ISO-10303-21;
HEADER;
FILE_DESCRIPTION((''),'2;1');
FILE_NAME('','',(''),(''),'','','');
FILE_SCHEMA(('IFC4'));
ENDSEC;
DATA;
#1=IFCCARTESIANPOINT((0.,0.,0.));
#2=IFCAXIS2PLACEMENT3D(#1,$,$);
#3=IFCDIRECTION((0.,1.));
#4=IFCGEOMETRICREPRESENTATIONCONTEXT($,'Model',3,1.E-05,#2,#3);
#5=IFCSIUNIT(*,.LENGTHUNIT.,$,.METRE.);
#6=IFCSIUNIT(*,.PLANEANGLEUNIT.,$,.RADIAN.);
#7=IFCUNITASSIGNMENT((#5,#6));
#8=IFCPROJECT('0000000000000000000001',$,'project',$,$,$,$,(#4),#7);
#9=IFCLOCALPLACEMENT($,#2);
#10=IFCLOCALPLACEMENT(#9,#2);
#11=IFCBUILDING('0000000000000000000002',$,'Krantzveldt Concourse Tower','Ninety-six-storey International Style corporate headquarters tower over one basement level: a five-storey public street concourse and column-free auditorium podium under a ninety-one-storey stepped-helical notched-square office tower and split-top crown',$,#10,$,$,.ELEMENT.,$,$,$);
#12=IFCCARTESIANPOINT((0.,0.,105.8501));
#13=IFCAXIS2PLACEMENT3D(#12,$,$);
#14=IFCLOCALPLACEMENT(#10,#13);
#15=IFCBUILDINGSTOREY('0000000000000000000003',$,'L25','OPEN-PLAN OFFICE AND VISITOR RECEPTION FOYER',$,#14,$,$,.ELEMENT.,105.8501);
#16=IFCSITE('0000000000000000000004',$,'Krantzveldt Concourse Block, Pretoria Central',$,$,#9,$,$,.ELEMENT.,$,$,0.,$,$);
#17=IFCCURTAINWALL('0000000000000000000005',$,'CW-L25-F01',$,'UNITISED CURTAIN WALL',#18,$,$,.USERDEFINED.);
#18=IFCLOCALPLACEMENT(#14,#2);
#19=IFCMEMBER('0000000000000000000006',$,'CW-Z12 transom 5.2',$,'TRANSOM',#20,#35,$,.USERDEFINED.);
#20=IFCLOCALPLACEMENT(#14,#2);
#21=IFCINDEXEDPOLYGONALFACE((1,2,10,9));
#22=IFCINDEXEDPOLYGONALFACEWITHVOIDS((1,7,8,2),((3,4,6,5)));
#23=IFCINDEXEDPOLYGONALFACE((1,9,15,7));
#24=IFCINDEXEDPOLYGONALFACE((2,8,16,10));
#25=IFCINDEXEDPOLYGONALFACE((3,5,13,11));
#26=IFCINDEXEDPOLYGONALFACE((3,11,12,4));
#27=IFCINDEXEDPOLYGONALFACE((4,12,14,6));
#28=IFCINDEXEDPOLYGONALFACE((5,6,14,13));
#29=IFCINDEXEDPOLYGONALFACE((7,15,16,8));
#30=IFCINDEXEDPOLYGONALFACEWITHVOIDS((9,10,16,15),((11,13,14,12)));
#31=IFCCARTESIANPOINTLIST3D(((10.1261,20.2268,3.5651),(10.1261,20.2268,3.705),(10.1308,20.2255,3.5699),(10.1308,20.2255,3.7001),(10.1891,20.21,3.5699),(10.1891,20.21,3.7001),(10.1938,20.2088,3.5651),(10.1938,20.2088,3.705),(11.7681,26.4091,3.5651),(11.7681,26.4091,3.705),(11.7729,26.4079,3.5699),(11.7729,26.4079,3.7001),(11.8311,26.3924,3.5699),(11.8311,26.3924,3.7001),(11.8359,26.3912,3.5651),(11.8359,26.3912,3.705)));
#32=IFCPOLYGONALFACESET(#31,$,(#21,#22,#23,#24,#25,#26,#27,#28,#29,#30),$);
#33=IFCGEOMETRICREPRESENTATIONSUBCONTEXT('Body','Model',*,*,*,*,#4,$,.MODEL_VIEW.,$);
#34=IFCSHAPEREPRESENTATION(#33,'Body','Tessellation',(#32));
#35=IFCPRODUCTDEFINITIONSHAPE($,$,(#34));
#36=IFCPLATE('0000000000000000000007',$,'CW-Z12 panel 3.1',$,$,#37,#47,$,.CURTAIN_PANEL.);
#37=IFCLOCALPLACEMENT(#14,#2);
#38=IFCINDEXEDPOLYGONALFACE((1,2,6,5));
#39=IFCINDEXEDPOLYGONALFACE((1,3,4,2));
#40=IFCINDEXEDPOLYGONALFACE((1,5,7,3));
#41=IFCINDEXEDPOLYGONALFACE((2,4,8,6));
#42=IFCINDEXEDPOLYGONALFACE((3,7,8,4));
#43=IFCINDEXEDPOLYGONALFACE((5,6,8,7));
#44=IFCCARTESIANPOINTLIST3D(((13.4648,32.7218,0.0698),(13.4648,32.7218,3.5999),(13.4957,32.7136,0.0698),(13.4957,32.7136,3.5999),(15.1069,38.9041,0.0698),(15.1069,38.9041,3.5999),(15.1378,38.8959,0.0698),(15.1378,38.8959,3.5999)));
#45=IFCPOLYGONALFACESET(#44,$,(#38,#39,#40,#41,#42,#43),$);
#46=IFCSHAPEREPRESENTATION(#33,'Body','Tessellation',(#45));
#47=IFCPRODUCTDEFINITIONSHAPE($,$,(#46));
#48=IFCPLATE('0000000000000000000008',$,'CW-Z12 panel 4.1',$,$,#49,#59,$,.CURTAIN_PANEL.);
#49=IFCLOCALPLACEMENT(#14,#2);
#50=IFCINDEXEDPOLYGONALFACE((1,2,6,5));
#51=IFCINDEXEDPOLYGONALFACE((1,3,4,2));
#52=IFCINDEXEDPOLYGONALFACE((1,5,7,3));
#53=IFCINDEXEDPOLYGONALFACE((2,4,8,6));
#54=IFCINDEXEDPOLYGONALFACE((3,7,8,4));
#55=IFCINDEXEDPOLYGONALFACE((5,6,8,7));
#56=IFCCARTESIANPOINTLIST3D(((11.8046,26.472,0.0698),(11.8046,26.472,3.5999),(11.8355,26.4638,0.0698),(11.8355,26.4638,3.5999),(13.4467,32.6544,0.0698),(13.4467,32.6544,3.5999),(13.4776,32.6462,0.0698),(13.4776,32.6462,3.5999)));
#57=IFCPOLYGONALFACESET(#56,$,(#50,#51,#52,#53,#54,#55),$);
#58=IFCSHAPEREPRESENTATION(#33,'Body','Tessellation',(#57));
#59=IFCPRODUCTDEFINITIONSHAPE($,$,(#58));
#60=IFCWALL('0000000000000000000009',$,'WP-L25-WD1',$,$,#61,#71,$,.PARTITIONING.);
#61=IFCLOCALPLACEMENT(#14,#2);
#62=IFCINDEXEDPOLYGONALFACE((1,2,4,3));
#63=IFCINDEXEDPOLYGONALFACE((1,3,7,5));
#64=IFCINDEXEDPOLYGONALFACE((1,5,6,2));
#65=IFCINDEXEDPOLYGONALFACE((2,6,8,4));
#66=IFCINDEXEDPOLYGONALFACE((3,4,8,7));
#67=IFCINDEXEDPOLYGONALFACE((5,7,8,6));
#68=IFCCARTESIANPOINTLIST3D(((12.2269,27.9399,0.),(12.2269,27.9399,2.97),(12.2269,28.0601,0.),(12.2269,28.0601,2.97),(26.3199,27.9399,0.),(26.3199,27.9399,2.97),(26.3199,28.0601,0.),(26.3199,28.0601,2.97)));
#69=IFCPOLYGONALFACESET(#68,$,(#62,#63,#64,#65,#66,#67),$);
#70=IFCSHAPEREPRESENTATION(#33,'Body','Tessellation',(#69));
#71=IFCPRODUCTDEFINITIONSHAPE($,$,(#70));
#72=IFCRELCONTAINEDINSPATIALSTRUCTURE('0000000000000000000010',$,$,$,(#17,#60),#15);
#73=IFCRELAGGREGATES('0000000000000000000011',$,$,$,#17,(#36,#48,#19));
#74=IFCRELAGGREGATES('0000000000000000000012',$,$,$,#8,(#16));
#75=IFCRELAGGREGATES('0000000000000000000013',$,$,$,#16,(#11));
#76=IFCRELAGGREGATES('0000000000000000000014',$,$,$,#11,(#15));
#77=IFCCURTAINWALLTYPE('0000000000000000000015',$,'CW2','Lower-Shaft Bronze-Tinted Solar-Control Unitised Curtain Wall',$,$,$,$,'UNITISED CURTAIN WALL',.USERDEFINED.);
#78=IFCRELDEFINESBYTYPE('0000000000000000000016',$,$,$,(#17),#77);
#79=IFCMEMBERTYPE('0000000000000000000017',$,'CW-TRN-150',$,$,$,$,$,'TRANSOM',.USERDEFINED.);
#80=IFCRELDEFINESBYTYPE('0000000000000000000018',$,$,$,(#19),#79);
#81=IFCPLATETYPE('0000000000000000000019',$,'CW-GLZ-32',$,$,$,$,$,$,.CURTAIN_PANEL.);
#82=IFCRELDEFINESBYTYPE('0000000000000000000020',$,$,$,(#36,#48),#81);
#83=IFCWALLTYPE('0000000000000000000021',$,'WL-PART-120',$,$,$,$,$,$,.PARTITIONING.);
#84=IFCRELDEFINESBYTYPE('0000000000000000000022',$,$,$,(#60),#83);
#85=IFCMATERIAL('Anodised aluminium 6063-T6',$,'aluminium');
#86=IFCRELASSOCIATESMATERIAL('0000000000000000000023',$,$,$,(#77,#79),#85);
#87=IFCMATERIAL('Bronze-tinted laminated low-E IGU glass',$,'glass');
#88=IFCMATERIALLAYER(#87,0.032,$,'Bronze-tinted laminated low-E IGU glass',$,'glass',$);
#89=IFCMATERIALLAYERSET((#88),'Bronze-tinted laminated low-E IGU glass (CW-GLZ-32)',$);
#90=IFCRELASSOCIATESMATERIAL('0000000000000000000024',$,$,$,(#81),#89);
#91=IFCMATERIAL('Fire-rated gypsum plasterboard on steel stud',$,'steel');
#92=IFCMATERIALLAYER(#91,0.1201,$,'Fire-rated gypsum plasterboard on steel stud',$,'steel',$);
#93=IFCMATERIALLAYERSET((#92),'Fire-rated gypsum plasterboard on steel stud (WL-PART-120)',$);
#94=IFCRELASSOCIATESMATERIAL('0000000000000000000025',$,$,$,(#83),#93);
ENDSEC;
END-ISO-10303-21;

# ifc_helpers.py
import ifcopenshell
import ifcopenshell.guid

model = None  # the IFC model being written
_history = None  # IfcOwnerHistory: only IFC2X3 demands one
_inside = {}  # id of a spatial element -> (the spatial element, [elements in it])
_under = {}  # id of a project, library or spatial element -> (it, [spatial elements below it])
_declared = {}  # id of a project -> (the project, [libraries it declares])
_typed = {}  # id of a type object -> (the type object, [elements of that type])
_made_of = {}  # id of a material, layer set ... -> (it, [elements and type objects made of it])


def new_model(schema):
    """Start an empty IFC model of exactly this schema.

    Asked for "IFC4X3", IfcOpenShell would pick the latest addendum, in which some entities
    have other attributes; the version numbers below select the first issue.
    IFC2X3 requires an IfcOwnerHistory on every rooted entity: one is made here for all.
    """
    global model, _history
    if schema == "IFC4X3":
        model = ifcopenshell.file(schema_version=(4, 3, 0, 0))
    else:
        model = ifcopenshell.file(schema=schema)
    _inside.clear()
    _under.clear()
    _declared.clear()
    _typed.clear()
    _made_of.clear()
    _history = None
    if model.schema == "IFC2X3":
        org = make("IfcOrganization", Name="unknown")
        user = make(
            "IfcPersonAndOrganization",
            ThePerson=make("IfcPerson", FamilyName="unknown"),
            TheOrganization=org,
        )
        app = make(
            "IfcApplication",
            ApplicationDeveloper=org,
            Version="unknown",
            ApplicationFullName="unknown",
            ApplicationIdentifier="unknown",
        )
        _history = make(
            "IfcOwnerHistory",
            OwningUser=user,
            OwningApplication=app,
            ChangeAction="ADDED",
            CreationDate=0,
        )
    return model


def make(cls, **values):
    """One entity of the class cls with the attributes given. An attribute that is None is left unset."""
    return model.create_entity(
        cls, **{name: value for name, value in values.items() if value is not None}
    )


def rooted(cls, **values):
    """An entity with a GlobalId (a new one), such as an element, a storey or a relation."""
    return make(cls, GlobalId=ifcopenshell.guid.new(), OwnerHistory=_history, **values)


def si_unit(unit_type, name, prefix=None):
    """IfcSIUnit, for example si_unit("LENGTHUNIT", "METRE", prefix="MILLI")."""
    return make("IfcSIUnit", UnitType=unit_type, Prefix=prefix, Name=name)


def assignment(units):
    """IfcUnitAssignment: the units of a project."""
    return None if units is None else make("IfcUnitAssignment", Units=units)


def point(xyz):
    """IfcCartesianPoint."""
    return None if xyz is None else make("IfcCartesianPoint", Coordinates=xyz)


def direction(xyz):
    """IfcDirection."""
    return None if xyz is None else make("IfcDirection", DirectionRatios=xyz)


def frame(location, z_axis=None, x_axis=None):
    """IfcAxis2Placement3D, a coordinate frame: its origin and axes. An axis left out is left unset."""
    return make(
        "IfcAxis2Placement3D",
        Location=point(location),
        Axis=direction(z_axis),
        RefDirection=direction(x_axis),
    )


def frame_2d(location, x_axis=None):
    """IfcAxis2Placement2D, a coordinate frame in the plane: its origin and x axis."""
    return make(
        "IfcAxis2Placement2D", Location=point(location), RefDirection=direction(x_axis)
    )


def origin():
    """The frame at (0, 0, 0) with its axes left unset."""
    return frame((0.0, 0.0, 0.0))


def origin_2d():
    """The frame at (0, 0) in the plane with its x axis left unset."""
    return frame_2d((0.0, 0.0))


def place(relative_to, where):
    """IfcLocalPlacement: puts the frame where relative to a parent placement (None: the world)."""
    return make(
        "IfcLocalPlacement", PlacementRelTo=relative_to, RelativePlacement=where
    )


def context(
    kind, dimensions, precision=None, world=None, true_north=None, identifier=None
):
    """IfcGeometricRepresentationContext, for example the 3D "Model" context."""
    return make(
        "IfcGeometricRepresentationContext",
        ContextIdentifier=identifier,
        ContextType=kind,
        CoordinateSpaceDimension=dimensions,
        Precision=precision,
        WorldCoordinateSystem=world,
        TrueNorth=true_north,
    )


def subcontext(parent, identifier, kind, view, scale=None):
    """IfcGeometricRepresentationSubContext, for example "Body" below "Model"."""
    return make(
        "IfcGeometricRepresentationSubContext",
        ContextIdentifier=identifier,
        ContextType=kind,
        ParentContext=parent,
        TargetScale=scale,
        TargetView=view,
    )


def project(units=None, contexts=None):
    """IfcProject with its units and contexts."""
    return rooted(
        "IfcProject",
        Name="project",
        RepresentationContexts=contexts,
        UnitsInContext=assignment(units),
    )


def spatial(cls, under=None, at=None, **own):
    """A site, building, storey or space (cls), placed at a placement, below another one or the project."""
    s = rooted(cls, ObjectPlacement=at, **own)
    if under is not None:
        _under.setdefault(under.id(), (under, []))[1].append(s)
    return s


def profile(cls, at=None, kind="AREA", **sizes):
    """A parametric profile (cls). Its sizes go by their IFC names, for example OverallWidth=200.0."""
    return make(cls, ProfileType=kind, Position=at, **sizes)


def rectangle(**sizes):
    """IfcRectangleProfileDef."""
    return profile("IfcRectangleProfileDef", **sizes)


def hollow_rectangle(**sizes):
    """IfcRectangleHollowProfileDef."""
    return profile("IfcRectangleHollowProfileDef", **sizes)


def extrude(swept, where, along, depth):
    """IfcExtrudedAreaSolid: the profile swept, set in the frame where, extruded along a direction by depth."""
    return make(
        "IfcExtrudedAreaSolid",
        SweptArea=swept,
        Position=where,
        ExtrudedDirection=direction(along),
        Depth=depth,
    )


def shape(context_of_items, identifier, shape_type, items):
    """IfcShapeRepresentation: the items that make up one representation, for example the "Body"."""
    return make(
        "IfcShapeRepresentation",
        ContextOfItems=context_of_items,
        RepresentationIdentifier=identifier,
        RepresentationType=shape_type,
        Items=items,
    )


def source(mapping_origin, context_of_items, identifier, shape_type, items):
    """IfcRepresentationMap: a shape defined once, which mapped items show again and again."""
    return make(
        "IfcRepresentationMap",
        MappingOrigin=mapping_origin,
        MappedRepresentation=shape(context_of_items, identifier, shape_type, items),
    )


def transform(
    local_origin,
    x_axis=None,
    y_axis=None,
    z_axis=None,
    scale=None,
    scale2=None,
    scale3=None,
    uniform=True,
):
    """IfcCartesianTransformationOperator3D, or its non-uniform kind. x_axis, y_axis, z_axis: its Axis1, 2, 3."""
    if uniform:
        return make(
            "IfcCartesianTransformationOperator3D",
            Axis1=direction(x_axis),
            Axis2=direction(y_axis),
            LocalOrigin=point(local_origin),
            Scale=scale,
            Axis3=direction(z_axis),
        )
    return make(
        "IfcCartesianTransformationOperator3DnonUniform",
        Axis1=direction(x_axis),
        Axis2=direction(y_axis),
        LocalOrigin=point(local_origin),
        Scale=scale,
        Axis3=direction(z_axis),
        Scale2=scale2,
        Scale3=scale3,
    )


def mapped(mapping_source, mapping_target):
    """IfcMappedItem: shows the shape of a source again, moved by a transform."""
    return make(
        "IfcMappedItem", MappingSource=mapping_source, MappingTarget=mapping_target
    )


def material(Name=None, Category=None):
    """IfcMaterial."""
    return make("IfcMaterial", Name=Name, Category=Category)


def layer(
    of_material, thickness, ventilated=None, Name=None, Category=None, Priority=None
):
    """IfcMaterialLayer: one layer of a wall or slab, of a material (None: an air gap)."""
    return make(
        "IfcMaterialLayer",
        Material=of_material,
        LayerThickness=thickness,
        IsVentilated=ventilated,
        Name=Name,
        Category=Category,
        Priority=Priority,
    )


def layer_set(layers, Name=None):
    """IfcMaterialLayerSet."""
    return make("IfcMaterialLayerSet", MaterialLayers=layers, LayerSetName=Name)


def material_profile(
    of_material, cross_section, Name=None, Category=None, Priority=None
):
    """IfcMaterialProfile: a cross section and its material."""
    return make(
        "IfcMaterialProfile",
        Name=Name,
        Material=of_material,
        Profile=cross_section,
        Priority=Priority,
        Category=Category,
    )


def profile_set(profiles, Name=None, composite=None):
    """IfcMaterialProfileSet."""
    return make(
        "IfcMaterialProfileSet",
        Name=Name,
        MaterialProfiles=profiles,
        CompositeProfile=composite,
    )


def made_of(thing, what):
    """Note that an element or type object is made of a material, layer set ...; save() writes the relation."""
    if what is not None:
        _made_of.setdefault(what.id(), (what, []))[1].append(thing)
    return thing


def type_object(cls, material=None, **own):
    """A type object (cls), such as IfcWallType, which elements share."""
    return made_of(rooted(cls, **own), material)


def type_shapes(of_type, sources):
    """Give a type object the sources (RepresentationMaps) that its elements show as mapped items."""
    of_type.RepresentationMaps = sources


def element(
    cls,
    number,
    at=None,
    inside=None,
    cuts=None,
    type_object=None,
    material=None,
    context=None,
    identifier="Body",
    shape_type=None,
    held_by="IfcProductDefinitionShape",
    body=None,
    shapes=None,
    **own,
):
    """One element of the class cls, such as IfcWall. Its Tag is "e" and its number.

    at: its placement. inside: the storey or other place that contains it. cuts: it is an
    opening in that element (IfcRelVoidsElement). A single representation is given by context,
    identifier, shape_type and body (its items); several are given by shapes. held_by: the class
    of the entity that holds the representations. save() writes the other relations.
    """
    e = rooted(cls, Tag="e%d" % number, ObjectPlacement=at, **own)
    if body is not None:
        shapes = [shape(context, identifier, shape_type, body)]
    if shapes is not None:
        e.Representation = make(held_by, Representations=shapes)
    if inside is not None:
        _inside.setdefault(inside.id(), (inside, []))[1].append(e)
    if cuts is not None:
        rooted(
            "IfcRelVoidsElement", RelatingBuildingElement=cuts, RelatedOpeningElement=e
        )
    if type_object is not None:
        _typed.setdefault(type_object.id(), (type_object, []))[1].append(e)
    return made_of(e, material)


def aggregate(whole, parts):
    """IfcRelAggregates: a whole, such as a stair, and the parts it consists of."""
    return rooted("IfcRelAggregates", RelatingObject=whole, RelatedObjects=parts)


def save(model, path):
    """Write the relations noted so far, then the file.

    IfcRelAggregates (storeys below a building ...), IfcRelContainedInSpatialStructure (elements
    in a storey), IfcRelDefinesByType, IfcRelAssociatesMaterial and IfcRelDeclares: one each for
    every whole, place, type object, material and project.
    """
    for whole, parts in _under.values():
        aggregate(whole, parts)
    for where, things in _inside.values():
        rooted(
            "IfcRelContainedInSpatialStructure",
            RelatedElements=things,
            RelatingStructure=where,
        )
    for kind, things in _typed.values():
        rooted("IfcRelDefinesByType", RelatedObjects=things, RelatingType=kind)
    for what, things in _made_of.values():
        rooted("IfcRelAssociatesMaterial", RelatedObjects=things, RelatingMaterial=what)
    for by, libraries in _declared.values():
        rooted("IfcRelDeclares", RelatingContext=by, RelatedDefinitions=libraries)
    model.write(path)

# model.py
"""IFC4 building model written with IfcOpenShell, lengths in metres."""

from ifc_helpers import new_model, si_unit, direction, frame, frame_2d, origin, origin_2d, place, context, subcontext, project, spatial, rectangle, hollow_rectangle, extrude, source, transform, mapped, material, layer, layer_set, material_profile, profile_set, type_object, type_shapes, element, aggregate, save


model = new_model("IFC4")

# Units and contexts
model_context = context("Model", 3, precision=1e-05, world=origin(), true_north=direction((0.0, 1.0)))
body_context = subcontext(model_context, "Body", "Model", "MODEL_VIEW")
ifc_project = project(units=[si_unit("LENGTHUNIT", "METRE"), si_unit("PLANEANGLEUNIT", "RADIAN")], contexts=[model_context])

# Site, building, storey
site_placement = place(None, origin())
site = spatial("IfcSite", under=ifc_project, at=site_placement, Name="Krantzveldt Concourse Block, Pretoria Central", CompositionType="ELEMENT", RefElevation=0.0)
building_placement = place(site_placement, origin())
building = spatial("IfcBuilding", under=site, at=building_placement, Name="Krantzveldt Concourse Tower", Description="Ninety-six-storey International Style corporate headquarters tower over one basement level: a five-storey public street concourse and column-free auditorium podium under a ninety-one-storey stepped-helical notched-square office tower and split-top crown", CompositionType="ELEMENT")
storey_placement = place(building_placement, frame((0.0, 0.0, 105.8501)))
storey = spatial("IfcBuildingStorey", under=building, at=storey_placement, Name="L25", Description="OPEN-PLAN OFFICE AND VISITOR RECEPTION FOYER", CompositionType="ELEMENT", Elevation=105.8501)

# Curtain wall, member, plates
ifc_material_1 = material(Name="Anodised aluminium 6063-T6", Category="aluminium")
curtain_wall_type = type_object("IfcCurtainWallType", Name="CW2", Description="Lower-Shaft Bronze-Tinted Solar-Control Unitised Curtain Wall", ElementType="UNITISED CURTAIN WALL", PredefinedType="USERDEFINED", material=ifc_material_1)
curtain_wall_placement = place(storey_placement, origin())
curtain_wall = element("IfcCurtainWall", 1, at=curtain_wall_placement, inside=storey, type_object=curtain_wall_type, Name="CW-L25-F01", ObjectType="UNITISED CURTAIN WALL", PredefinedType="USERDEFINED")
ifc_material_profile_1 = material_profile(ifc_material_1, hollow_rectangle(XDim=0.0701, YDim=0.1399, WallThickness=0.0049, at=origin_2d()), Name="Anodised aluminium 6063-T6", Category="aluminium")
ifc_profile_set_1 = profile_set([ifc_material_profile_1], Name="Anodised aluminium 6063-T6 - ALU-TRAN 140x70x5")
member_type_1 = type_object("IfcMemberType", Name="CW-TRN-150", ElementType="TRANSOM", PredefinedType="USERDEFINED", material=ifc_profile_set_1)
shared_shape_1 = source(origin(), body_context, "Body", "SweptSolid", [
    extrude(hollow_rectangle(XDim=0.0701, YDim=0.1399, WallThickness=0.0049, at=origin_2d()), origin(), (0.0, 0.0, 1.0), 6.3967),
])
type_shapes(member_type_1, [shared_shape_1])
member_1_placement = place(storey_placement, frame((11.802, 26.4001, 3.635), z_axis=(-0.256708, -0.966489, 0.0), x_axis=(0.966489, -0.256708, 0.0)))
member_1 = element("IfcMember", 2, at=member_1_placement, type_object=member_type_1, Name="CW-Z12 transom 5.2", ObjectType="TRANSOM", PredefinedType="USERDEFINED", context=body_context, shape_type="MappedRepresentation", body=[
    mapped(shared_shape_1, transform((0.0, 0.0, 0.0), x_axis=(1.0, 0.0, 0.0), y_axis=(0.0, 1.0, 0.0), z_axis=(0.0, 0.0, 1.0), scale=1.0)),
])
ifc_material_2 = material(Name="Bronze-tinted laminated low-E IGU glass", Category="glass")
ifc_layer_1 = layer(ifc_material_2, 0.032, Name="Bronze-tinted laminated low-E IGU glass", Category="glass")
ifc_layer_set_1 = layer_set([ifc_layer_1], Name="Bronze-tinted laminated low-E IGU glass (CW-GLZ-32)")
plate_type = type_object("IfcPlateType", Name="CW-GLZ-32", PredefinedType="CURTAIN_PANEL", material=ifc_layer_set_1)
shared_shape_2 = source(origin(), body_context, "Body", "SweptSolid", [
    extrude(rectangle(XDim=6.3967, YDim=0.032, at=origin_2d()), origin(), (0.0, 0.0, 1.0), 3.53),
])
type_shapes(plate_type, [shared_shape_2])
plate_1_placement = place(storey_placement, frame((14.3013, 35.8088, 0.0698), z_axis=(0.0, 0.0, 1.0), x_axis=(-0.256711, -0.966488, 0.0)))
plate_1 = element("IfcPlate", 3, at=plate_1_placement, type_object=plate_type, Name="CW-Z12 panel 3.1", PredefinedType="CURTAIN_PANEL", context=body_context, shape_type="MappedRepresentation", body=[
    mapped(shared_shape_2, transform((0.0, 0.0, 0.0), x_axis=(1.0, 0.0, 0.0), y_axis=(0.0, 1.0, 0.0), z_axis=(0.0, 0.0, 1.0), scale=1.0)),
])
plate_2_placement = place(storey_placement, frame((12.6411, 29.5591, 0.0698), z_axis=(0.0, 0.0, 1.0), x_axis=(-0.256711, -0.966488, 0.0)))
plate_2 = element("IfcPlate", 4, at=plate_2_placement, type_object=plate_type, Name="CW-Z12 panel 4.1", PredefinedType="CURTAIN_PANEL", context=body_context, shape_type="MappedRepresentation", body=[
    mapped(shared_shape_2, transform((0.0, 0.0, 0.0), x_axis=(1.0, 0.0, 0.0), y_axis=(0.0, 1.0, 0.0), z_axis=(0.0, 0.0, 1.0), scale=1.0)),
])
aggregate(curtain_wall, [plate_1, plate_2, member_1])

# Wall
ifc_material_3 = material(Name="Fire-rated gypsum plasterboard on steel stud", Category="steel")
ifc_layer_2 = layer(ifc_material_3, 0.1201, Name="Fire-rated gypsum plasterboard on steel stud", Category="steel")
ifc_layer_set_2 = layer_set([ifc_layer_2], Name="Fire-rated gypsum plasterboard on steel stud (WL-PART-120)")
wall_type = type_object("IfcWallType", Name="WL-PART-120", PredefinedType="PARTITIONING", material=ifc_layer_set_2)
wall_placement = place(storey_placement, frame((12.2271, 28.0, 0.0), z_axis=(0.0, 0.0, 1.0), x_axis=(1.0, 0.0, 0.0)))
element("IfcWall", 5, at=wall_placement, inside=storey, type_object=wall_type, Name="WP-L25-WD1", PredefinedType="PARTITIONING", context=body_context, shape_type="SweptSolid", body=[
    extrude(rectangle(XDim=14.093, YDim=0.1201, at=frame_2d((7.0464, 0.0))), origin(), (0.0, 0.0, 1.0), 2.97),
])

save(model, "model.ifc")
